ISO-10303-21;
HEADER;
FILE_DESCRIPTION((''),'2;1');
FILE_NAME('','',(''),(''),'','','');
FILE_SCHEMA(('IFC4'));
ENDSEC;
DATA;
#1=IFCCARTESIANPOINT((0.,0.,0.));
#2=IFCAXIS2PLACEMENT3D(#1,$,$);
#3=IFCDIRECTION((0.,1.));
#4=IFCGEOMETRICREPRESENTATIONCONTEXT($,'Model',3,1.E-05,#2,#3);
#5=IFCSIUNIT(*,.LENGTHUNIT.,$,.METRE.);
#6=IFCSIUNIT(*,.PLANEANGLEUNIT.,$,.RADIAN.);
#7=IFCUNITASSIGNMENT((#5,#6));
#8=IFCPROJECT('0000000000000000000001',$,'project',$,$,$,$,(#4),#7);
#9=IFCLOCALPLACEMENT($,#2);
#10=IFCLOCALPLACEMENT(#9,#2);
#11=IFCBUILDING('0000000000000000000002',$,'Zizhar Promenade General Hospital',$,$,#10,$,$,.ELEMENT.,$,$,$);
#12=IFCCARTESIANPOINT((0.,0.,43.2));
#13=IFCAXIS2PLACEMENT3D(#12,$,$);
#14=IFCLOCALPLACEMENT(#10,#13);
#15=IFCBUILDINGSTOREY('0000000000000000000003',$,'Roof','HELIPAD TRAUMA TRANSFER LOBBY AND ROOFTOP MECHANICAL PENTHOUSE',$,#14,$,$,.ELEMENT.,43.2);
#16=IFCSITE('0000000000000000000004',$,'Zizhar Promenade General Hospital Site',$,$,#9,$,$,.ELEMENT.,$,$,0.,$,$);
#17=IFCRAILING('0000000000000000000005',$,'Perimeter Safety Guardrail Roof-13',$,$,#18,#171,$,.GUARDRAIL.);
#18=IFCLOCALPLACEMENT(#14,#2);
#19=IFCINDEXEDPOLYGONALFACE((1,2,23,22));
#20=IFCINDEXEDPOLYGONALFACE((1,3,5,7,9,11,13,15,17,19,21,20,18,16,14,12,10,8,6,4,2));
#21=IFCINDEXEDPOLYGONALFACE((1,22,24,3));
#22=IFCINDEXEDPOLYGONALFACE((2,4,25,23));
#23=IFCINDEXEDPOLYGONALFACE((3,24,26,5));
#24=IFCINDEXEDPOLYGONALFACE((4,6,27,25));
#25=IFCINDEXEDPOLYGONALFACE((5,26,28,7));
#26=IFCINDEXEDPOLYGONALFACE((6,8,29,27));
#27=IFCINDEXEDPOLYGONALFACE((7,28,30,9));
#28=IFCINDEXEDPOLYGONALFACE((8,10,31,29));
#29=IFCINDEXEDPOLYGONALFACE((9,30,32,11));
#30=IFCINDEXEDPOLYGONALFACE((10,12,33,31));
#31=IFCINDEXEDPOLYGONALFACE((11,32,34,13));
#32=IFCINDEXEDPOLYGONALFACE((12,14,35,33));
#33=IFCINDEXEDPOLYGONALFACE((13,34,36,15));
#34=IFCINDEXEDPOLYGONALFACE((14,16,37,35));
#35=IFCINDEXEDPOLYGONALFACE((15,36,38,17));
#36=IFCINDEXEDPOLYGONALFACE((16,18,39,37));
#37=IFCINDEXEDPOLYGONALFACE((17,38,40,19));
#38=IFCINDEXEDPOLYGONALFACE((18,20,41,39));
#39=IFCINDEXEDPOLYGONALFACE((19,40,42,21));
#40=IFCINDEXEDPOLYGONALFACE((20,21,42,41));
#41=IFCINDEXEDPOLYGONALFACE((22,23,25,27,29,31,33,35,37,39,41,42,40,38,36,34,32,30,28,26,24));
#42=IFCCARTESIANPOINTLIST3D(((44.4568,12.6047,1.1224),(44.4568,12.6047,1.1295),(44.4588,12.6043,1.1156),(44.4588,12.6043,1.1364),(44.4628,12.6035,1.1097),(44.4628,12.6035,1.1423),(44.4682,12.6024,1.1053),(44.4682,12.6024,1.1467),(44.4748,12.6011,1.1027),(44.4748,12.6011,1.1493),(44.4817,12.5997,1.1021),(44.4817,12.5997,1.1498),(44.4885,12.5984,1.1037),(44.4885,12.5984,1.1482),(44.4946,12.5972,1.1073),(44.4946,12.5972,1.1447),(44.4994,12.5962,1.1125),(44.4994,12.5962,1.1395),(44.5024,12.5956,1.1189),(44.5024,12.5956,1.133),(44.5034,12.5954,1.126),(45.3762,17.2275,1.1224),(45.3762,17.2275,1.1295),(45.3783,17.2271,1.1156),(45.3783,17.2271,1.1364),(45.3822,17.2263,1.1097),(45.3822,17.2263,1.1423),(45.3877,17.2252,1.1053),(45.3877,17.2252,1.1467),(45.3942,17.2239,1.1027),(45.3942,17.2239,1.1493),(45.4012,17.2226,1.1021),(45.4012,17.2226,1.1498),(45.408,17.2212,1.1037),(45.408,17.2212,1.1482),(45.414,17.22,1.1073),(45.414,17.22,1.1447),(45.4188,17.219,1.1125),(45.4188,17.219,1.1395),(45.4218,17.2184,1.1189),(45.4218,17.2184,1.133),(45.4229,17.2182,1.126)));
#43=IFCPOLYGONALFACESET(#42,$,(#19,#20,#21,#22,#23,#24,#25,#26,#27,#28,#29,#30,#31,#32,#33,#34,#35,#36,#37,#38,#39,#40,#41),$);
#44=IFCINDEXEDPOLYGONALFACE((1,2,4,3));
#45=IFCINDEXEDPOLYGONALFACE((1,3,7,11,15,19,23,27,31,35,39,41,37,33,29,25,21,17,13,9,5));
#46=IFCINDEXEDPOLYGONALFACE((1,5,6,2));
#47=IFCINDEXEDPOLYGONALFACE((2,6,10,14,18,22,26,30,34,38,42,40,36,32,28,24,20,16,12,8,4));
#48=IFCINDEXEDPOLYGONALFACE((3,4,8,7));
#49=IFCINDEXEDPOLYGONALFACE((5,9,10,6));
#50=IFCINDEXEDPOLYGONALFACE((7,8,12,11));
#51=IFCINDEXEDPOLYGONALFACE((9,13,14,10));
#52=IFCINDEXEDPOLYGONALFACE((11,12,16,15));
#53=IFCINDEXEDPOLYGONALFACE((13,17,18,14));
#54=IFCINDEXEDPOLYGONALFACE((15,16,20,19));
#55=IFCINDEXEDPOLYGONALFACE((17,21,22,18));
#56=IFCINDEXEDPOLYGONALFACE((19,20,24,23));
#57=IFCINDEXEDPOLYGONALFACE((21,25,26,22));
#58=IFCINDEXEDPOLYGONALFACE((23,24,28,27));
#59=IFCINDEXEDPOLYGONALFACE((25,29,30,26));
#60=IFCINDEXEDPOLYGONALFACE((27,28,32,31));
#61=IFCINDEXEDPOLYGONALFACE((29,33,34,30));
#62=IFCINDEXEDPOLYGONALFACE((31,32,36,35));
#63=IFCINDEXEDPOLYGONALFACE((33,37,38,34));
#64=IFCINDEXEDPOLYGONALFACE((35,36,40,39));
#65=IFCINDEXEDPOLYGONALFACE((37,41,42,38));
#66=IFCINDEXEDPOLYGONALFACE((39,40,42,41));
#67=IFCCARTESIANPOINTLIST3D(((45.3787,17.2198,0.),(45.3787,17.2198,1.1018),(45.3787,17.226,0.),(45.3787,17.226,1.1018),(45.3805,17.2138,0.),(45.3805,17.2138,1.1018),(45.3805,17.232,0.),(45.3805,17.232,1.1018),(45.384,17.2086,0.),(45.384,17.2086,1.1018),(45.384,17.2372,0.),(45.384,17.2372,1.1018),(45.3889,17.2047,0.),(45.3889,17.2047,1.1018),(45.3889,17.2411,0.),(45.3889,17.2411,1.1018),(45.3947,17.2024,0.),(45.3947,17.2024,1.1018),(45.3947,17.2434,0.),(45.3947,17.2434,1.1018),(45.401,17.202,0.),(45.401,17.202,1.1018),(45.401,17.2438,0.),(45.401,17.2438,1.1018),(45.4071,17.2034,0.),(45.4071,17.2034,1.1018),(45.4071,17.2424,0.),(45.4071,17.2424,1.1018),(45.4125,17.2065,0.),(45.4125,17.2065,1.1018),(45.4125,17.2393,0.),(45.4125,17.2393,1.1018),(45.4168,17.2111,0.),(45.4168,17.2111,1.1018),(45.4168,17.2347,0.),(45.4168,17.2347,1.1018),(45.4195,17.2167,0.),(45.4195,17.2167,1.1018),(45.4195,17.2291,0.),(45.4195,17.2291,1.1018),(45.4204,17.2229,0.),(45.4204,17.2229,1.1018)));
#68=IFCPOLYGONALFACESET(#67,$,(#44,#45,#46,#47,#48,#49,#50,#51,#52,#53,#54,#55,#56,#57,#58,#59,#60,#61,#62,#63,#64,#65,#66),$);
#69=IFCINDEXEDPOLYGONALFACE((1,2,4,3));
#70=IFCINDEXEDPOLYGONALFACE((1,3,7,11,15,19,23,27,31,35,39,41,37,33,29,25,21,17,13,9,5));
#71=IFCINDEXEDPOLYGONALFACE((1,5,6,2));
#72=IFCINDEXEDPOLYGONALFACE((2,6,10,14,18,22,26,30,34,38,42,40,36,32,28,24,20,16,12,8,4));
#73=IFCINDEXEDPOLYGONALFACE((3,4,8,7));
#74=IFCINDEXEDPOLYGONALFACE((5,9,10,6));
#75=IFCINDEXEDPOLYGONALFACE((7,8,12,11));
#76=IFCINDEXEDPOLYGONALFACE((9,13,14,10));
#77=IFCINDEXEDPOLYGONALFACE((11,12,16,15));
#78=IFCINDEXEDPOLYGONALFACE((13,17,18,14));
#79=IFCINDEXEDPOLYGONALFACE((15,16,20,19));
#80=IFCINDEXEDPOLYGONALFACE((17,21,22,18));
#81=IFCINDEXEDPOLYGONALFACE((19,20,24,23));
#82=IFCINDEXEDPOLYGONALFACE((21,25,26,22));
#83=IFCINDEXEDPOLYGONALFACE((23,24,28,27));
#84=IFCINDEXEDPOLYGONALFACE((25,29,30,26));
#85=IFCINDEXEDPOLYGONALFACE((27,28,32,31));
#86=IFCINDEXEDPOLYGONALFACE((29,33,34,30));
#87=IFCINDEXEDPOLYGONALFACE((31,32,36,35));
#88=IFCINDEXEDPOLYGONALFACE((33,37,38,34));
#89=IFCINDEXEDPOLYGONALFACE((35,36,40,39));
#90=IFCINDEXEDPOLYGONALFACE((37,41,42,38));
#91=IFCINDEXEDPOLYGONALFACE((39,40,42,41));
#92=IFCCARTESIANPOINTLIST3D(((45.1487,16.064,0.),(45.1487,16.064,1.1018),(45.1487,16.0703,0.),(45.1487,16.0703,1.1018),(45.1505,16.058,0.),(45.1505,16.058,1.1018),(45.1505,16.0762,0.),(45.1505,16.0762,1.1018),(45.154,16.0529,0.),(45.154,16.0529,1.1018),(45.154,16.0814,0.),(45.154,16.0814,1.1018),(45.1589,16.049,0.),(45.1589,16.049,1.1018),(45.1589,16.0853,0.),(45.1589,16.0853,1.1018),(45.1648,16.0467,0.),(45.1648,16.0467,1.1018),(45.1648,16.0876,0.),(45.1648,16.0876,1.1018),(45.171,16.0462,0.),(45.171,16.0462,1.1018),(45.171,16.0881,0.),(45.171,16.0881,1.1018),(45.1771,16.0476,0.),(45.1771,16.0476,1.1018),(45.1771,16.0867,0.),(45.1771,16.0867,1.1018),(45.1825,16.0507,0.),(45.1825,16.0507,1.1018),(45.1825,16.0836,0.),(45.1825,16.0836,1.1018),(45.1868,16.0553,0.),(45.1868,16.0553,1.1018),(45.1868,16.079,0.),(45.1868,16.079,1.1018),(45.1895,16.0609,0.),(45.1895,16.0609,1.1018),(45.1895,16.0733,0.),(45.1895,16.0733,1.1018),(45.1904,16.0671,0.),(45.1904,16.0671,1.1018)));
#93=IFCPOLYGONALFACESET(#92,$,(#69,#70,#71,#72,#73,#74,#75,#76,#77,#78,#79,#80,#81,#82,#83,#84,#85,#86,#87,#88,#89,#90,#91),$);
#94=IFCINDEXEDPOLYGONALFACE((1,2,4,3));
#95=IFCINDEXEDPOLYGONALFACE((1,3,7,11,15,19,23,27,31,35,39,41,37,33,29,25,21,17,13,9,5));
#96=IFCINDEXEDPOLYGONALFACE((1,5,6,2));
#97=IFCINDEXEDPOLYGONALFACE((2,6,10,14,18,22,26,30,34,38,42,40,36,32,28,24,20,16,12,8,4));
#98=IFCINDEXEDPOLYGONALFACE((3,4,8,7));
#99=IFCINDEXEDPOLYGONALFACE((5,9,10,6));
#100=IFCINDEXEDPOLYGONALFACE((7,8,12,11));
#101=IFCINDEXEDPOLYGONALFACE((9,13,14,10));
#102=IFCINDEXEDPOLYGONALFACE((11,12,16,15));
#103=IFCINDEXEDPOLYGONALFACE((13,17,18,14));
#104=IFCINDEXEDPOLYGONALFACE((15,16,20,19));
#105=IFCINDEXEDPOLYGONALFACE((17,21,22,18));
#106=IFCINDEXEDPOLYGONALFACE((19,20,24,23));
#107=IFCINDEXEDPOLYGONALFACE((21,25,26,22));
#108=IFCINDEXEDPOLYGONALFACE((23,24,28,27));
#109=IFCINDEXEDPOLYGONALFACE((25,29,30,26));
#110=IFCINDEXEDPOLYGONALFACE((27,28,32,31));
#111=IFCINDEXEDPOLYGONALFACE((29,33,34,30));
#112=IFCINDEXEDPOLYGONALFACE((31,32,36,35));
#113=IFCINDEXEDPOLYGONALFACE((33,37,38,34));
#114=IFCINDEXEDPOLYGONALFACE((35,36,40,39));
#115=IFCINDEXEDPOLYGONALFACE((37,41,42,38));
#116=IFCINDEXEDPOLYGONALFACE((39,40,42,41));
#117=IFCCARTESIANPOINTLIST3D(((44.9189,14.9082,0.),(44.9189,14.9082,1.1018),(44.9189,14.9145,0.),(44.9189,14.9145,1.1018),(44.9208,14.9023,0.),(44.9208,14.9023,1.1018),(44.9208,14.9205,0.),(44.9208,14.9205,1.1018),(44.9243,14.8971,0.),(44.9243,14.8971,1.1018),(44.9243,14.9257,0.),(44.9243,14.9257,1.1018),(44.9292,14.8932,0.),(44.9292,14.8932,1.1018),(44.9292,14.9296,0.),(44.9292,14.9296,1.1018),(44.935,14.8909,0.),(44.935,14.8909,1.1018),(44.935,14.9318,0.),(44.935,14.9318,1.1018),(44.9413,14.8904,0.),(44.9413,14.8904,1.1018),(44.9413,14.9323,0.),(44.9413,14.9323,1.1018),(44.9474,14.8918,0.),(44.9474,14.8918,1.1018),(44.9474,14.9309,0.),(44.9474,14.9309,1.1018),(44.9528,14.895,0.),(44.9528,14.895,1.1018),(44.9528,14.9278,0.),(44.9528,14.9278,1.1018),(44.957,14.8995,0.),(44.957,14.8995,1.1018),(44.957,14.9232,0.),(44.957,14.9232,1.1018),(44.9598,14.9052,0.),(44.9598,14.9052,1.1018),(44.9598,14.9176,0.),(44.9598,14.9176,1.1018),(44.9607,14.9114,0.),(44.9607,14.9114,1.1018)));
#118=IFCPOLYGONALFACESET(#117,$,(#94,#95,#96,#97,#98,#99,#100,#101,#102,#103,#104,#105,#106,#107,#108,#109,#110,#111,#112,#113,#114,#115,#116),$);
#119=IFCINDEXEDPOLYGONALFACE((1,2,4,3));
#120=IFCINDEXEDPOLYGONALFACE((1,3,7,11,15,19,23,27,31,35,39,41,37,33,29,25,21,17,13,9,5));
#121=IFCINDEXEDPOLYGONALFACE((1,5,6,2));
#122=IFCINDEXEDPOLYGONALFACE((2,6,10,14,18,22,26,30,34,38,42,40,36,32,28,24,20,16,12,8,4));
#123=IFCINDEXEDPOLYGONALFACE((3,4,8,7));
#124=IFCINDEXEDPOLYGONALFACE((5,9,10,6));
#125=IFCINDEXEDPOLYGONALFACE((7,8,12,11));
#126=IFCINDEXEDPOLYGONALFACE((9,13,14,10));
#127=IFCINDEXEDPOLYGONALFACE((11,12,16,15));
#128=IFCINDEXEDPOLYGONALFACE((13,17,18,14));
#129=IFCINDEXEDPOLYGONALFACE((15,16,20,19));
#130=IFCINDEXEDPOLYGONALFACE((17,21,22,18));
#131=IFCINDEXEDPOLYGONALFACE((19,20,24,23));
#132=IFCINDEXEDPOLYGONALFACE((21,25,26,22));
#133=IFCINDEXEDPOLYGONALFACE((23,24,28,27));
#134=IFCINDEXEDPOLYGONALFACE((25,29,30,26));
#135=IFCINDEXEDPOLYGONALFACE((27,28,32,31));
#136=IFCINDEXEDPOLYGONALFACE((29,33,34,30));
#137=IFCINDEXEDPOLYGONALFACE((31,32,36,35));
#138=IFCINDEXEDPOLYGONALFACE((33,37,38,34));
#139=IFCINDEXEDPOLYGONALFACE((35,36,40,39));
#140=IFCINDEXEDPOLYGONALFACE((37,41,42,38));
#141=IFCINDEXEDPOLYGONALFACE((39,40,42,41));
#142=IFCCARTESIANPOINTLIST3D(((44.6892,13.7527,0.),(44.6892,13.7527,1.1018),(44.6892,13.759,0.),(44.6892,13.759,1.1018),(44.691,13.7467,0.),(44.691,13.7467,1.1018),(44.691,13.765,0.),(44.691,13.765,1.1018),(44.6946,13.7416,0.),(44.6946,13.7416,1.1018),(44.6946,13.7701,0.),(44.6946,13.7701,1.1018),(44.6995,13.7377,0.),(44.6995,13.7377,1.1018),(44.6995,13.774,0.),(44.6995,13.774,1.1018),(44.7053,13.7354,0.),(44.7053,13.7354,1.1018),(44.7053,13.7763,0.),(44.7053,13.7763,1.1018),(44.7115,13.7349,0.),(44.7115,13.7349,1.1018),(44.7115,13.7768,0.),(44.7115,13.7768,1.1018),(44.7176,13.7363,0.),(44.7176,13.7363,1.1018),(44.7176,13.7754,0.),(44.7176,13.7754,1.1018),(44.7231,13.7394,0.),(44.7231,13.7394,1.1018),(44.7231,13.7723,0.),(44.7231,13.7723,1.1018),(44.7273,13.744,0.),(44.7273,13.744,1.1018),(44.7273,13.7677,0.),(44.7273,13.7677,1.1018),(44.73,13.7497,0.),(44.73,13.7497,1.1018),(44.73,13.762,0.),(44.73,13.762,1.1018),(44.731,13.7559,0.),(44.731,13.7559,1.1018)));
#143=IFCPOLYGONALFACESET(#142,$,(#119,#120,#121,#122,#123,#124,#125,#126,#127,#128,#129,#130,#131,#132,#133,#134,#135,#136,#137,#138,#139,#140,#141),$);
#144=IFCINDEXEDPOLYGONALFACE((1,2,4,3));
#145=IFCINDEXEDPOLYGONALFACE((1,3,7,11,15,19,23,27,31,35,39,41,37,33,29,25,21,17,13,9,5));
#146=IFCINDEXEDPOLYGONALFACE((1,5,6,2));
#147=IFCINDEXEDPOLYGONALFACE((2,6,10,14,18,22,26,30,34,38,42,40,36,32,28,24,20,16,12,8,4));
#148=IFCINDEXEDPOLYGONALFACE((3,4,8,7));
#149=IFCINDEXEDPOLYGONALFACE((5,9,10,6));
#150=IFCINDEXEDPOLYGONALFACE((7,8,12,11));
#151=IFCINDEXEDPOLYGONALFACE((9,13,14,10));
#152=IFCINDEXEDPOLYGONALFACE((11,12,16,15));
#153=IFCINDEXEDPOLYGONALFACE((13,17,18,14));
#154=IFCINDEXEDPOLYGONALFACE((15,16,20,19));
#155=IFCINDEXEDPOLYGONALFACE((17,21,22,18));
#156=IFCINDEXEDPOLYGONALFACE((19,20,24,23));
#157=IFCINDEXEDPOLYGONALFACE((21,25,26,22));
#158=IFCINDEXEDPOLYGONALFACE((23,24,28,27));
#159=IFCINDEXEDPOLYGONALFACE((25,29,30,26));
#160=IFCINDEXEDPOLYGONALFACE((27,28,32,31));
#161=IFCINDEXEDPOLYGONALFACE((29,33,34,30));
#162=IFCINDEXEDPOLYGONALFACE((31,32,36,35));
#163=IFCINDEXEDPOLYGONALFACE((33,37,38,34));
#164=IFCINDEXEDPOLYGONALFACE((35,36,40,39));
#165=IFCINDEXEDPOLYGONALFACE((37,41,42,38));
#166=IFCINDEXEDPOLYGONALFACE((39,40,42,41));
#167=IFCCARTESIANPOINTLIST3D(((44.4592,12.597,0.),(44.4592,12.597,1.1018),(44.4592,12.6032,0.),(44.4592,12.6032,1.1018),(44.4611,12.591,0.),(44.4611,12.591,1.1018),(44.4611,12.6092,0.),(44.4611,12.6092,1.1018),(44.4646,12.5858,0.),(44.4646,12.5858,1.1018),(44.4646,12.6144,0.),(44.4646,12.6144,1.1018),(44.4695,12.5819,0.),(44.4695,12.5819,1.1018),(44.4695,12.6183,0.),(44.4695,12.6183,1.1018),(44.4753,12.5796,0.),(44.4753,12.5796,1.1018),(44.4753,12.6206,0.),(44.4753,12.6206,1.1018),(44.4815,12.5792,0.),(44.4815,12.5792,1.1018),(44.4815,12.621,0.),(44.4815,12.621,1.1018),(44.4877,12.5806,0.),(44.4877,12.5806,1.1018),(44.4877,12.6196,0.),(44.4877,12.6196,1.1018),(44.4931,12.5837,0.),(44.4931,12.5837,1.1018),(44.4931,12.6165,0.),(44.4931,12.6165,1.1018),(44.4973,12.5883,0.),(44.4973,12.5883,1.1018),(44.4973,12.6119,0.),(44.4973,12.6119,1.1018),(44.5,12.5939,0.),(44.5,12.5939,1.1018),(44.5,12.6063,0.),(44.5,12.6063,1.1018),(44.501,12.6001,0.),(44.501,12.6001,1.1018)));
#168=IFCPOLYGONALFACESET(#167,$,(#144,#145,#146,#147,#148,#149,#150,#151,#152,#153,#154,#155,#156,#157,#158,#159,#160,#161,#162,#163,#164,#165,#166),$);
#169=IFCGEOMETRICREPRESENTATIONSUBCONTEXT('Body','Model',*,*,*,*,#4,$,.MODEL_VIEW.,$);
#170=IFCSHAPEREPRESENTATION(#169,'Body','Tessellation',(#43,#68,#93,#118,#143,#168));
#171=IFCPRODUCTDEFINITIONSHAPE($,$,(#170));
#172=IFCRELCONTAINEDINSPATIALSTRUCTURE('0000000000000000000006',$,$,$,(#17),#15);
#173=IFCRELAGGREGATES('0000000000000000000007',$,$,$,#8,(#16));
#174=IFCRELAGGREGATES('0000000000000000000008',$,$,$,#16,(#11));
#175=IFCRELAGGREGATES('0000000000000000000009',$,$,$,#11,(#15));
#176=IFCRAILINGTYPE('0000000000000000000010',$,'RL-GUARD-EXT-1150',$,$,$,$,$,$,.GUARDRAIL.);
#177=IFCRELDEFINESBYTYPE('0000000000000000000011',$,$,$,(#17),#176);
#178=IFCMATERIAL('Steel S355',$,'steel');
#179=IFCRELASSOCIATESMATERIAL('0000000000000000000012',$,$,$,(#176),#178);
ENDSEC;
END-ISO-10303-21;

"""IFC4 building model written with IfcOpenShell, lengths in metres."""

from ifc_helpers import new_model, si_unit, direction, frame, origin, origin_2d, place, context, subcontext, project, spatial, hollow_rectangle, circle, extrude, material, material_profile, profile_set, type_object, element, save


model = new_model("IFC4")

# Units and contexts
model_context = context("Model", 3, precision=1e-05, world=origin(), true_north=direction((0.0, 1.0)))
body_context = subcontext(model_context, "Body", "Model", "MODEL_VIEW")
ifc_project = project(units=[si_unit("LENGTHUNIT", "METRE"), si_unit("PLANEANGLEUNIT", "RADIAN")], contexts=[model_context])

# Site, building, storey
site_placement = place(None, origin())
site = spatial("IfcSite", under=ifc_project, at=site_placement, Name="Zizhar Promenade General Hospital Site", CompositionType="ELEMENT", RefElevation=0.0)
building_placement = place(site_placement, origin())
building = spatial("IfcBuilding", under=site, at=building_placement, Name="Zizhar Promenade General Hospital", CompositionType="ELEMENT")
storey_placement = place(building_placement, frame((0.0, 0.0, 43.2)))
storey = spatial("IfcBuildingStorey", under=building, at=storey_placement, Name="Roof", Description="HELIPAD TRAUMA TRANSFER LOBBY AND ROOFTOP MECHANICAL PENTHOUSE", CompositionType="ELEMENT", Elevation=43.2)

# Railing
ifc_material_1 = material(Name="Steel S355", Category="steel")
ifc_material_profile_1 = material_profile(ifc_material_1, hollow_rectangle(XDim=0.0601, YDim=0.1201, WallThickness=0.0039, at=origin_2d()))
ifc_profile_set_1 = profile_set([ifc_material_profile_1], Name="Steel S355")
railing_type = type_object("IfcRailingType", Name="RL-GUARD-EXT-1150", PredefinedType="GUARDRAIL", material=ifc_profile_set_1)
railing_1_placement = place(storey_placement, frame((45.3994, 17.2229, 0.0)))
element("IfcRailing", 1, at=railing_1_placement, inside=storey, type_object=railing_type, Name="Perimeter Safety Guardrail Roof-13", PredefinedType="GUARDRAIL", context=body_context, shape_type="SweptSolid", body=[
    extrude(circle(Radius=0.0239, at=origin_2d()), frame((0.0, 0.0, 1.126), z_axis=(-0.19507, -0.980789, 0.0), x_axis=(0.980789, -0.19507, 0.0)), (0.0, 0.0, 1.0), 4.7134),
    extrude(circle(Radius=0.021, at=origin_2d()), origin(), (0.0, 0.0, 1.0), 1.1018),
    extrude(circle(Radius=0.021, at=origin_2d()), frame((-0.23, -1.1558, 0.0)), (0.0, 0.0, 1.0), 1.1018),
    extrude(circle(Radius=0.021, at=origin_2d()), frame((-0.4597, -2.3115, 0.0)), (0.0, 0.0, 1.0), 1.1018),
    extrude(circle(Radius=0.021, at=origin_2d()), frame((-0.6895, -3.467, 0.0)), (0.0, 0.0, 1.0), 1.1018),
    extrude(circle(Radius=0.021, at=origin_2d()), frame((-0.9194, -4.6228, 0.0)), (0.0, 0.0, 1.0), 1.1018),
])

save(model, "model.ifc")
